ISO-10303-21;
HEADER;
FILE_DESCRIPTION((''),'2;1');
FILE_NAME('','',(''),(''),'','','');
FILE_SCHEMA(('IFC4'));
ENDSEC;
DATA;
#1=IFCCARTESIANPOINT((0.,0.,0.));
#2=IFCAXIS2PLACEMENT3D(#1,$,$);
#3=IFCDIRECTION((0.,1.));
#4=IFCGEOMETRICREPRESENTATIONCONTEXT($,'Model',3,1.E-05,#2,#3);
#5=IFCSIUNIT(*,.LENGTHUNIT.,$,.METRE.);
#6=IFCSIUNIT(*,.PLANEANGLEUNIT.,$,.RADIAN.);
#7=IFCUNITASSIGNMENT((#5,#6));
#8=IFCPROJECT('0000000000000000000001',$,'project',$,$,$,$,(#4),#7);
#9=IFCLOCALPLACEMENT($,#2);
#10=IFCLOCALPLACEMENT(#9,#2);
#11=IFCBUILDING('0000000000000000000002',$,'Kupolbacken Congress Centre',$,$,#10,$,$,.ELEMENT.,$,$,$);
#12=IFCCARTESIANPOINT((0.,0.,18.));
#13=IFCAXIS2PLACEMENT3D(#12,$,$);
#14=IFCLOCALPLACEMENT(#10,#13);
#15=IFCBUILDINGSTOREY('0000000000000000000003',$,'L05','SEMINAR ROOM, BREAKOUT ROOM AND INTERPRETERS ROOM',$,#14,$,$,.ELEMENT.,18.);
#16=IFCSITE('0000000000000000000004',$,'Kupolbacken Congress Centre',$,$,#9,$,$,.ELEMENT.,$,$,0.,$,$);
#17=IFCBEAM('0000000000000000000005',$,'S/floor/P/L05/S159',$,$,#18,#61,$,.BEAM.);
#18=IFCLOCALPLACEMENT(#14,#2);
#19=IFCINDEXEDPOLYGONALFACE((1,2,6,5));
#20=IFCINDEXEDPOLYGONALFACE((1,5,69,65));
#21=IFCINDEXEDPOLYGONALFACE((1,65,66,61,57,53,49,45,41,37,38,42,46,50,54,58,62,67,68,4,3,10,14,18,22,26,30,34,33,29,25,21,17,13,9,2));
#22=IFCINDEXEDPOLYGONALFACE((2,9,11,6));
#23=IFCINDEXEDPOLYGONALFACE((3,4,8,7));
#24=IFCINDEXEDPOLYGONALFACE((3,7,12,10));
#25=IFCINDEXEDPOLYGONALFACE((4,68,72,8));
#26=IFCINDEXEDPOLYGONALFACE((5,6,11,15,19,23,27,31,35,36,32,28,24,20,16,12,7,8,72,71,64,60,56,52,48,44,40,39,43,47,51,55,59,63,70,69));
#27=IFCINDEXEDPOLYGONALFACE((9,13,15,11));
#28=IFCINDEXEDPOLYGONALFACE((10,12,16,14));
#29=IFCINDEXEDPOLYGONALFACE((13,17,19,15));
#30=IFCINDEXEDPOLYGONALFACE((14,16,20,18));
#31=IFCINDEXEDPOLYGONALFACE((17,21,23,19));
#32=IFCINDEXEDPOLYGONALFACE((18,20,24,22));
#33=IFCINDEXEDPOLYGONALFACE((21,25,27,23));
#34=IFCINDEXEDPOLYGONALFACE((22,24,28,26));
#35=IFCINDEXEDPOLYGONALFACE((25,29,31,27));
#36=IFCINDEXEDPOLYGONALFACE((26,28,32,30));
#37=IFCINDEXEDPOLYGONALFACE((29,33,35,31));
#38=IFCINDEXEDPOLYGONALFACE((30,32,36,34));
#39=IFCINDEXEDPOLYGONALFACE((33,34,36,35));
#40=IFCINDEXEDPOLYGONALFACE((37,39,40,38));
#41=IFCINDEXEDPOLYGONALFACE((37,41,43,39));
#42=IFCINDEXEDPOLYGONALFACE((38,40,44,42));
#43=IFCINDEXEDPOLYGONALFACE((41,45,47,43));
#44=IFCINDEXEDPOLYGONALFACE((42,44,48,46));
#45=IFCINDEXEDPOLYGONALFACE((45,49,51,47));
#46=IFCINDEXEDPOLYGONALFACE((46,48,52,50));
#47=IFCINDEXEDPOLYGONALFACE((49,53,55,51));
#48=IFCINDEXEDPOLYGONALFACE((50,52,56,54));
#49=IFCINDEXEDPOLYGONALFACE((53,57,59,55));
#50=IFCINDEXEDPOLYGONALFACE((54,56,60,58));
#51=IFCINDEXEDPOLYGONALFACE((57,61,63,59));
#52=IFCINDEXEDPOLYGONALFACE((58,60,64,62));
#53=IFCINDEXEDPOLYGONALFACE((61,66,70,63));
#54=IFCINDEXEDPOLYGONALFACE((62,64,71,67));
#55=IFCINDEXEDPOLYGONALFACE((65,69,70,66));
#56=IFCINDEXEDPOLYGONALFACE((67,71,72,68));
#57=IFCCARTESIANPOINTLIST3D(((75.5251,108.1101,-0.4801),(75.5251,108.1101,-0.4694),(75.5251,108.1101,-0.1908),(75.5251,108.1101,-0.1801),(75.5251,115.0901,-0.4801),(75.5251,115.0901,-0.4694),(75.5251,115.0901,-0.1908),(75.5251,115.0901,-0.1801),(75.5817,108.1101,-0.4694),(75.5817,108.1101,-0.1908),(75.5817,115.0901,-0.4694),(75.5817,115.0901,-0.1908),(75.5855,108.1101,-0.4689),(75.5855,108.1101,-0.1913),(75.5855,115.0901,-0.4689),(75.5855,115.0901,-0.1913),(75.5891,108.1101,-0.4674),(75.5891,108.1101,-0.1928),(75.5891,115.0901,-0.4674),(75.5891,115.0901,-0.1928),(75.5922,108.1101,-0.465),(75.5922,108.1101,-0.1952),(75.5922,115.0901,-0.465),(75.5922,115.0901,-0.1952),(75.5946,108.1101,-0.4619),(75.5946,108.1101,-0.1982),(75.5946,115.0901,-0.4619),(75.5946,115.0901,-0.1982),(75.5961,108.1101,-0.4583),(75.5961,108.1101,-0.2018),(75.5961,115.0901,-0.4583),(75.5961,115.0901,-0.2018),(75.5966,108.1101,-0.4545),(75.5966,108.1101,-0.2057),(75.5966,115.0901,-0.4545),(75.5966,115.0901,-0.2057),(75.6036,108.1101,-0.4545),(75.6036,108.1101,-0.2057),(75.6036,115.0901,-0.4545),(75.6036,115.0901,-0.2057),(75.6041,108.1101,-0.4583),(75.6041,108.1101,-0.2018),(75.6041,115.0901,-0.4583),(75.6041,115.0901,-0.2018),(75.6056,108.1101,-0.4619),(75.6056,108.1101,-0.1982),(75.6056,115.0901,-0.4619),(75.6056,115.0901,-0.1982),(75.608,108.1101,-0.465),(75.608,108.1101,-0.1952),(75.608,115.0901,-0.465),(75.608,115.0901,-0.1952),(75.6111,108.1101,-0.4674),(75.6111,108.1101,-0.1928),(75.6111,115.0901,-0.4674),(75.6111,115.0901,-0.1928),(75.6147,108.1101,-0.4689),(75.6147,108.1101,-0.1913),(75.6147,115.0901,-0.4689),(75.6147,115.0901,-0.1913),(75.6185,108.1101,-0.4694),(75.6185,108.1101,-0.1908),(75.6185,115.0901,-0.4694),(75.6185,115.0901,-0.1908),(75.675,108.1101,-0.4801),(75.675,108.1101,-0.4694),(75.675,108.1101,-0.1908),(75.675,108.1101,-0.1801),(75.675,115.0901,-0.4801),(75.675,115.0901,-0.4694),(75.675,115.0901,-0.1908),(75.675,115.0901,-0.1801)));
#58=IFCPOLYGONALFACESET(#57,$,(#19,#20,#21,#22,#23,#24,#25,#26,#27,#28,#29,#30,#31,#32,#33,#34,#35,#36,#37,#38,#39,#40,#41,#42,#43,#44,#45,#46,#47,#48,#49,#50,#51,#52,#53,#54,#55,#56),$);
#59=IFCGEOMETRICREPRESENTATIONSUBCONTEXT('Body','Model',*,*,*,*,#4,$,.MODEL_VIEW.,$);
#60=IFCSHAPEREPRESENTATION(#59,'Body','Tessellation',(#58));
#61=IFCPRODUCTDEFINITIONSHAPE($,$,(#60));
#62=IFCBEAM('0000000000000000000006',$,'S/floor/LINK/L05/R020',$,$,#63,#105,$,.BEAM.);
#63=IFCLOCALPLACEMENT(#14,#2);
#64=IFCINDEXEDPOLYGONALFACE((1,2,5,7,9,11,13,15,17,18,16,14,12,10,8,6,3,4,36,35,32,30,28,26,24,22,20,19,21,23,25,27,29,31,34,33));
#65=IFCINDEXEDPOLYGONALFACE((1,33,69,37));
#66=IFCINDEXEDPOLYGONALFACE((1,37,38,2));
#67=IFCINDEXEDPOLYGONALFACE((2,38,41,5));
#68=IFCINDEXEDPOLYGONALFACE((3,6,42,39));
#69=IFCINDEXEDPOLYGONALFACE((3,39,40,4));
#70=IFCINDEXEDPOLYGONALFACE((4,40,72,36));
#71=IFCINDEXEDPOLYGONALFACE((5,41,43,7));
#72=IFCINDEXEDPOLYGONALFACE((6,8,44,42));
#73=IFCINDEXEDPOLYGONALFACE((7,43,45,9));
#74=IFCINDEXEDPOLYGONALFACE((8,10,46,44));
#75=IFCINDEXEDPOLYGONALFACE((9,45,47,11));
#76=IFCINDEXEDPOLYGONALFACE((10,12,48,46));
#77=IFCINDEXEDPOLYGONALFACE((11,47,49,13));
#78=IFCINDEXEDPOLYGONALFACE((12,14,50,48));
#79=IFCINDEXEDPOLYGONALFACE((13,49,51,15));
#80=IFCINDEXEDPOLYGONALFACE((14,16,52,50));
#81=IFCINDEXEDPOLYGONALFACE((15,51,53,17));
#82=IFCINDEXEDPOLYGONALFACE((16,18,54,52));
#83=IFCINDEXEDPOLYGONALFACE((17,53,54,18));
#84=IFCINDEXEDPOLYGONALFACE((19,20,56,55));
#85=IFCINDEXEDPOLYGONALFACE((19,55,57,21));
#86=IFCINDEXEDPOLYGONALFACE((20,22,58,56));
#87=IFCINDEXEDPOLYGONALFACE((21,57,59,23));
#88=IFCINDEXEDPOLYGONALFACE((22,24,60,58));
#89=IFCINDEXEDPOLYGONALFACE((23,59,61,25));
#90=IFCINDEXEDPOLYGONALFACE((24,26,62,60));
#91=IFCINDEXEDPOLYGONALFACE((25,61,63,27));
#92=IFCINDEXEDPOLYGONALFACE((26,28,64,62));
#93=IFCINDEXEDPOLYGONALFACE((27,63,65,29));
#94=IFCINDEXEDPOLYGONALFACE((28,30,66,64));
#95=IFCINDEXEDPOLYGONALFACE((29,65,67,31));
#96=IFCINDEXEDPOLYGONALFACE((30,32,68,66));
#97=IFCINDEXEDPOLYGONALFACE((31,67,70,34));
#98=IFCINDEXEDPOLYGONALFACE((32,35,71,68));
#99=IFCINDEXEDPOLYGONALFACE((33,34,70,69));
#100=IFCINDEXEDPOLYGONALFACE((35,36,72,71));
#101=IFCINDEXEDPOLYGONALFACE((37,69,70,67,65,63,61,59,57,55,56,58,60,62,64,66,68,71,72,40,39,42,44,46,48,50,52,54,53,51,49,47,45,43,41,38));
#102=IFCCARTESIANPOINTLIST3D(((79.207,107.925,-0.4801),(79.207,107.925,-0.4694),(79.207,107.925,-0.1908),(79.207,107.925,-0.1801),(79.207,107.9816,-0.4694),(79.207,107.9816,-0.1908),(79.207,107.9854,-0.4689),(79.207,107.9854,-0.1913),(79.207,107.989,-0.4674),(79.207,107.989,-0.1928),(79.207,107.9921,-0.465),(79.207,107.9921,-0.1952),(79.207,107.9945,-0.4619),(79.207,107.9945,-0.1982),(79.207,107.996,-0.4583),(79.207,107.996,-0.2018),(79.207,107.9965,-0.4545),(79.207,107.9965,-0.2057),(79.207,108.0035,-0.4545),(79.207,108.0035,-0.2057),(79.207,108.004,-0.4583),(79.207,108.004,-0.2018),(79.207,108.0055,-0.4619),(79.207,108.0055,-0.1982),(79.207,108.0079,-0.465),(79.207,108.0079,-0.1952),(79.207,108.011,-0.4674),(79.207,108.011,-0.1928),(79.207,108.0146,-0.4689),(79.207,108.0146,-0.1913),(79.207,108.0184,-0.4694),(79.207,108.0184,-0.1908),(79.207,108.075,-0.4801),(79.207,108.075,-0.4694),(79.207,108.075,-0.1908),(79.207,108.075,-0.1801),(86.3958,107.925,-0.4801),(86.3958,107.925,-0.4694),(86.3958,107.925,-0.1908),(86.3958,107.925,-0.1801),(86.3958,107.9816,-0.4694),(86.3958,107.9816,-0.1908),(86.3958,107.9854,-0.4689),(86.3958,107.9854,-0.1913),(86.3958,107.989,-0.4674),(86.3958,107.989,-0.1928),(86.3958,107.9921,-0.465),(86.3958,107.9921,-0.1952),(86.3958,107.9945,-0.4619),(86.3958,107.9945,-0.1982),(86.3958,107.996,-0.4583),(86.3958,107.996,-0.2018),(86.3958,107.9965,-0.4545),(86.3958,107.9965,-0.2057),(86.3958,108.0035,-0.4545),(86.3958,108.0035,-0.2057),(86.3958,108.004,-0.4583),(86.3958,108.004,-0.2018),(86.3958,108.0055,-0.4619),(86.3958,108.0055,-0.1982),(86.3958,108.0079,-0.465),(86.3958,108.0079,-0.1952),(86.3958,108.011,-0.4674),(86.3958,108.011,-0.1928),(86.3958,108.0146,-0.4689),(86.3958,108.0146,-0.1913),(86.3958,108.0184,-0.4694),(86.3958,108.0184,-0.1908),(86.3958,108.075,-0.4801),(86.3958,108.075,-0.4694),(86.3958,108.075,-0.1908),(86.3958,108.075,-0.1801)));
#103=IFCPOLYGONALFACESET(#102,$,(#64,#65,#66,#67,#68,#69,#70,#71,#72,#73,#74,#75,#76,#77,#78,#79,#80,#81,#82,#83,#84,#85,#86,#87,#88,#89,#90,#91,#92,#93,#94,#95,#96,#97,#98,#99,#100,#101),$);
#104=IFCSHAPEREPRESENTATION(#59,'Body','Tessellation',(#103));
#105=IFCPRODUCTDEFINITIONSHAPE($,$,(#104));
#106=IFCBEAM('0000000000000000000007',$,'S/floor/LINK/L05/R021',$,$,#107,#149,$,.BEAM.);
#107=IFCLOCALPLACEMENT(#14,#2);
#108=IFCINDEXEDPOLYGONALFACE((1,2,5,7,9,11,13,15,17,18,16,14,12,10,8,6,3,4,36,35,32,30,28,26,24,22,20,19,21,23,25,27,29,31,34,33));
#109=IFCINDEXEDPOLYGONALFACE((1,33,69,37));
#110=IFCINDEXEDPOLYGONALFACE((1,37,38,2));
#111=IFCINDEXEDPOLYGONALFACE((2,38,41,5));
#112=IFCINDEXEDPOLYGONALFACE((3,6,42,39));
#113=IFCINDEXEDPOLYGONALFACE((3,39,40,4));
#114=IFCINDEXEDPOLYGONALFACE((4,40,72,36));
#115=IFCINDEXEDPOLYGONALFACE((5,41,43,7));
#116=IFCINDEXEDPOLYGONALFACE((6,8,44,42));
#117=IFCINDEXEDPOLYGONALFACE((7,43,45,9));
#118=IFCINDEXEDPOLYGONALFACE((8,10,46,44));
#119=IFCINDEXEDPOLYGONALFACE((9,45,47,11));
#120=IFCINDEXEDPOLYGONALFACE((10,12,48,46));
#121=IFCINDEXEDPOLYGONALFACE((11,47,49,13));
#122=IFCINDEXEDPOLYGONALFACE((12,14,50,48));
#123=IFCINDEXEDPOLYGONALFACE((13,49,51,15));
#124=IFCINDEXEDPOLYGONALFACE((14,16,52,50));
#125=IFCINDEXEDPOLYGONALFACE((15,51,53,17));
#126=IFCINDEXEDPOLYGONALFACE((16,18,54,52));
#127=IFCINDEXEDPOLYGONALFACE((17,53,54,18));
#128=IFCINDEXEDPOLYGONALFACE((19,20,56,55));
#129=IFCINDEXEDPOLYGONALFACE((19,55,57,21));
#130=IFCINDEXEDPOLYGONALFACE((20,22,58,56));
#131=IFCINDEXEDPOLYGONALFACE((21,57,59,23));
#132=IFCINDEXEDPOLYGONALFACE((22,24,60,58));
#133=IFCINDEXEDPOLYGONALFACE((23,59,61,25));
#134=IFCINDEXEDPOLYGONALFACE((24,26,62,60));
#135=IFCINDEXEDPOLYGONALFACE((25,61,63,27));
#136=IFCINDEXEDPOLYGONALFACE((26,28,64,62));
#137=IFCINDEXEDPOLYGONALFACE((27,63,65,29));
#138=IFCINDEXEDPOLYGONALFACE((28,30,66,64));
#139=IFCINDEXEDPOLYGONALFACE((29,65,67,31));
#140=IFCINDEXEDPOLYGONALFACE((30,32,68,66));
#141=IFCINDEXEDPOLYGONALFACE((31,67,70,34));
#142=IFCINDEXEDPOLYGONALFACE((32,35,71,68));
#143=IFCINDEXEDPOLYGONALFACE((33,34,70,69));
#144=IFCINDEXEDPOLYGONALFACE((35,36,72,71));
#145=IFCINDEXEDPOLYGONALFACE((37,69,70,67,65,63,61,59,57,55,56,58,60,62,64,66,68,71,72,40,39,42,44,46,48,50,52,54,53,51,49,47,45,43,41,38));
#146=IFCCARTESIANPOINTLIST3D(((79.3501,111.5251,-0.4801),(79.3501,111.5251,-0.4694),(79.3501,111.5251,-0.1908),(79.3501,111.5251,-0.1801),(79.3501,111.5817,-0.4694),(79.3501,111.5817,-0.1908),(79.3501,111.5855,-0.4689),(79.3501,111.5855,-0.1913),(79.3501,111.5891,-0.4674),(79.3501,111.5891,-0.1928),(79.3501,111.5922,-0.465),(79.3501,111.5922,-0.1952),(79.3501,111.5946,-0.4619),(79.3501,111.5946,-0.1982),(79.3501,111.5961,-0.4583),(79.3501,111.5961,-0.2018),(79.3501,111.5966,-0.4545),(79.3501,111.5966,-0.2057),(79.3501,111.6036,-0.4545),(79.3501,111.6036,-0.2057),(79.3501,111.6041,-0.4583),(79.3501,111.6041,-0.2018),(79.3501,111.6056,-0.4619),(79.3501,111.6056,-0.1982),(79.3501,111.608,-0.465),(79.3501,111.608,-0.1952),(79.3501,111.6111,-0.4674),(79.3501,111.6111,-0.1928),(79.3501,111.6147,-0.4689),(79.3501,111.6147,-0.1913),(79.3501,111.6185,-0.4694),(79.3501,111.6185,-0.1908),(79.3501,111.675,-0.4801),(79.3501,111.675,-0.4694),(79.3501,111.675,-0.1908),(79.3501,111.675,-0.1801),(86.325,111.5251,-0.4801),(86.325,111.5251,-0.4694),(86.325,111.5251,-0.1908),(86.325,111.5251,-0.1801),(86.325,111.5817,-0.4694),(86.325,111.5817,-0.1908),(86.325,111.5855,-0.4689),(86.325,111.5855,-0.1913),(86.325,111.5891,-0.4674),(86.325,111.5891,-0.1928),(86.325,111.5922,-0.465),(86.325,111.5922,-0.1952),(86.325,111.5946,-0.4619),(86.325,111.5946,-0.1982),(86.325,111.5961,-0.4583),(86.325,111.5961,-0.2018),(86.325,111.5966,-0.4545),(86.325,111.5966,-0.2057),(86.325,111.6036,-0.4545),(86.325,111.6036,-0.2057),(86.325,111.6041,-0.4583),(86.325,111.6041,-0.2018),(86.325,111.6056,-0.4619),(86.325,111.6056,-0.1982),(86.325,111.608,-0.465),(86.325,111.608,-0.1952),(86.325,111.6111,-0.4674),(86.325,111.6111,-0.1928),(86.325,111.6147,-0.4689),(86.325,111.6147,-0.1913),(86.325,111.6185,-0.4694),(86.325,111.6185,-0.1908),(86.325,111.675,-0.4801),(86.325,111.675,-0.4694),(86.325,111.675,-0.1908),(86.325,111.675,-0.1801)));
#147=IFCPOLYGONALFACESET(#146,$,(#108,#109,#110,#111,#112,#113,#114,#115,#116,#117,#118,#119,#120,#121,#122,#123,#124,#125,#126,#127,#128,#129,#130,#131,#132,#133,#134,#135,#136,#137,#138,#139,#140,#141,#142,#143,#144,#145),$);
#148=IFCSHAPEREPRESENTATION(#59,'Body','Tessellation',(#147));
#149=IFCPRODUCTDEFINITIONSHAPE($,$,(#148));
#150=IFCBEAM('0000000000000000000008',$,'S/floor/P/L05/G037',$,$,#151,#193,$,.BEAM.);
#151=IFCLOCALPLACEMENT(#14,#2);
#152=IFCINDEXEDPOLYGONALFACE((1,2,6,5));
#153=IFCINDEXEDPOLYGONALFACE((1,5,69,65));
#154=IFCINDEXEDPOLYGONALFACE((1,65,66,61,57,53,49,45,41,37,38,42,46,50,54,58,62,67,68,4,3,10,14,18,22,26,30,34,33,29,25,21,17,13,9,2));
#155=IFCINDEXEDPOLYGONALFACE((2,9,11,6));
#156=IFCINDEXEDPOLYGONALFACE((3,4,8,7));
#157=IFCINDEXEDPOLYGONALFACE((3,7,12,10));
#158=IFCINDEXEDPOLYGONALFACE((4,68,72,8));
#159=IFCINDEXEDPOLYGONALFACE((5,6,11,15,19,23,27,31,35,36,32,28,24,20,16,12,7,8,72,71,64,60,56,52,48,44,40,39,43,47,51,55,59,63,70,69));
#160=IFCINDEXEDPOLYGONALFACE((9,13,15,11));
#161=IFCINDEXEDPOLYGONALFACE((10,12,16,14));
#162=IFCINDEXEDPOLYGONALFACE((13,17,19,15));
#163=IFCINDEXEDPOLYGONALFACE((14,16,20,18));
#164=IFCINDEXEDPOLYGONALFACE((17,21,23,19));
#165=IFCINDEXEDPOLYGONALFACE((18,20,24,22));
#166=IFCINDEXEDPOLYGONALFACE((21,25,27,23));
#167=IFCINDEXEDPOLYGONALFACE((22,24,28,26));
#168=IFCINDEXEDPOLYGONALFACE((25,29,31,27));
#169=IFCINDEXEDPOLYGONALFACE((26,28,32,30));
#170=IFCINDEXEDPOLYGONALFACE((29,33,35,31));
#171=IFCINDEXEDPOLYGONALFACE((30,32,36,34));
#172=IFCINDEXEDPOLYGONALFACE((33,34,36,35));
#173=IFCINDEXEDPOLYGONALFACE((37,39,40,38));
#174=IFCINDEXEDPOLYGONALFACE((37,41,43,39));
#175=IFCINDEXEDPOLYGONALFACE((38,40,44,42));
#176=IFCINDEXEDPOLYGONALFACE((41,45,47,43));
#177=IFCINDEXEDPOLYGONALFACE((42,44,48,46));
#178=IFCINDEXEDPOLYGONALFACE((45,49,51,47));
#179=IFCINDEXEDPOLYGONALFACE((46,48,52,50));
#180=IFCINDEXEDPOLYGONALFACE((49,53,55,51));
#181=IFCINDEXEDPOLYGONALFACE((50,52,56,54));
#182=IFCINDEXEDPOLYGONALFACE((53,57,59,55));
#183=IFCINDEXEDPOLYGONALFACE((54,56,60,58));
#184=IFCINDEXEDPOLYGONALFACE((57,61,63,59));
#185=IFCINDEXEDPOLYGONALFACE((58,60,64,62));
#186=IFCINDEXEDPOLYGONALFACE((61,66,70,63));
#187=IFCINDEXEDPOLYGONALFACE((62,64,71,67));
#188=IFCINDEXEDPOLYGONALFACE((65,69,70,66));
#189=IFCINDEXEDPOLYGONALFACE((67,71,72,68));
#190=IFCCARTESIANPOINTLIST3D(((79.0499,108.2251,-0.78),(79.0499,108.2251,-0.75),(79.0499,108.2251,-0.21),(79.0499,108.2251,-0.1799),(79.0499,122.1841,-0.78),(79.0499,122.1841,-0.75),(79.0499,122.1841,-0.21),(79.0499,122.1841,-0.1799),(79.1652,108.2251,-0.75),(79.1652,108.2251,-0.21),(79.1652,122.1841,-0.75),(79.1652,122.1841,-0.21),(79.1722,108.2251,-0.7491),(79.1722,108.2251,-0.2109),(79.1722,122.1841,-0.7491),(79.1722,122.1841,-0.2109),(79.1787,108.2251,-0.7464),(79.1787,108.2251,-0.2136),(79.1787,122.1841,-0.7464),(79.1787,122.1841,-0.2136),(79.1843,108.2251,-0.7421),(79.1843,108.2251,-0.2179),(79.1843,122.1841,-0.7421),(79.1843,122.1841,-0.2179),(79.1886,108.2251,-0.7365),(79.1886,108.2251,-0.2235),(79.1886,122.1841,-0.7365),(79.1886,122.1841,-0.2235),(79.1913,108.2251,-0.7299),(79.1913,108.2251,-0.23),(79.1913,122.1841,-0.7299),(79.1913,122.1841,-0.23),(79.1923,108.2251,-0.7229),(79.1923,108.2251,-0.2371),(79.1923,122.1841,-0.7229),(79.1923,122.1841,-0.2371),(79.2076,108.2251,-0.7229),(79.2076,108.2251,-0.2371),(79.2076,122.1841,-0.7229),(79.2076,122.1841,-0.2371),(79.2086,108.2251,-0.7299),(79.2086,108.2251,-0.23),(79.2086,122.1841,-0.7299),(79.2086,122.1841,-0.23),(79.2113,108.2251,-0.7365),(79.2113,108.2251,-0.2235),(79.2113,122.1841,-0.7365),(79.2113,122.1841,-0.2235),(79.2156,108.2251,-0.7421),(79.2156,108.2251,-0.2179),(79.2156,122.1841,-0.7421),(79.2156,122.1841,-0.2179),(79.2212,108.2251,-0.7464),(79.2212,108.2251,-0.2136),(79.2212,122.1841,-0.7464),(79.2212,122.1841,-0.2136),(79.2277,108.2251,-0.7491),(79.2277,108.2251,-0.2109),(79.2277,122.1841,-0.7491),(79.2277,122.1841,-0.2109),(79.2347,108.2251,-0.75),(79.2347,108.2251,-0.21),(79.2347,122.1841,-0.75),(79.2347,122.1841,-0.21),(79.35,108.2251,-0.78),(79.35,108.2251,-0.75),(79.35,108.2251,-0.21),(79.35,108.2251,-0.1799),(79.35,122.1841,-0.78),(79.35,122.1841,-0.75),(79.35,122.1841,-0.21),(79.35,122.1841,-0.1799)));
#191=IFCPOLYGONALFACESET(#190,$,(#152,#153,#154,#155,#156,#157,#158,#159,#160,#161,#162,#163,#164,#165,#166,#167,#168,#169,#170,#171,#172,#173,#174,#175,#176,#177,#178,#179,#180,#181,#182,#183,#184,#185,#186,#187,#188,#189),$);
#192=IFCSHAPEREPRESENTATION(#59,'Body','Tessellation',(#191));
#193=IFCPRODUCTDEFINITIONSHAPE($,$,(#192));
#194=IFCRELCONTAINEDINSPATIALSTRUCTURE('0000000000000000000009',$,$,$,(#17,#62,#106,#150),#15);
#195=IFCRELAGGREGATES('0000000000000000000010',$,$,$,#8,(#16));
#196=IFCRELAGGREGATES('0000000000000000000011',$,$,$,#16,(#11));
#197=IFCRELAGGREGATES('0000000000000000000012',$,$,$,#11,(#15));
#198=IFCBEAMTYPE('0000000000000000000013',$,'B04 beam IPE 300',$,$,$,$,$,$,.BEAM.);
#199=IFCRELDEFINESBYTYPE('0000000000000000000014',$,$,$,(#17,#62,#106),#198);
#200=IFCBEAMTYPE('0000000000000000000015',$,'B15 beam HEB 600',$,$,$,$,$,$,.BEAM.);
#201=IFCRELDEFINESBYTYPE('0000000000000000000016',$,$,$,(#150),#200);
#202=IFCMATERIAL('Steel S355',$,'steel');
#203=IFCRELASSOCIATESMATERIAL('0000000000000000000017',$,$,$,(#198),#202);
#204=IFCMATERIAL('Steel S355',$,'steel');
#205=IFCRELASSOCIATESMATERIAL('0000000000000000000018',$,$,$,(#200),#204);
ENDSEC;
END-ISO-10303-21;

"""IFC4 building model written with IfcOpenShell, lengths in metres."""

from ifc_helpers import new_model, si_unit, direction, frame, origin, origin_2d, place, context, subcontext, project, spatial, i_section, extrude, material, material_profile, profile_set, type_object, element, save


model = new_model("IFC4")

# Units and contexts
model_context = context("Model", 3, precision=1e-05, world=origin(), true_north=direction((0.0, 1.0)))
body_context = subcontext(model_context, "Body", "Model", "MODEL_VIEW")
ifc_project = project(units=[si_unit("LENGTHUNIT", "METRE"), si_unit("PLANEANGLEUNIT", "RADIAN")], contexts=[model_context])

# Site, building, storey
site_placement = place(None, origin())
site = spatial("IfcSite", under=ifc_project, at=site_placement, Name="Kupolbacken Congress Centre", CompositionType="ELEMENT", RefElevation=0.0)
building_placement = place(site_placement, origin())
building = spatial("IfcBuilding", under=site, at=building_placement, Name="Kupolbacken Congress Centre", CompositionType="ELEMENT")
storey_placement = place(building_placement, frame((0.0, 0.0, 18.0)))
storey = spatial("IfcBuildingStorey", under=building, at=storey_placement, Name="L05", Description="SEMINAR ROOM, BREAKOUT ROOM AND INTERPRETERS ROOM", CompositionType="ELEMENT", Elevation=18.0)

# Beams
ifc_material_1 = material(Name="Steel S355", Category="steel")
ifc_material_profile_1 = material_profile(ifc_material_1, i_section(OverallWidth=0.1499, OverallDepth=0.3, WebThickness=0.0071, FlangeThickness=0.0107, FilletRadius=0.0149, at=origin_2d()), Name="IPE 300")
ifc_profile_set_1 = profile_set([ifc_material_profile_1], Name="Steel S355")
beam_type_1 = type_object("IfcBeamType", Name="B04 beam IPE 300", PredefinedType="BEAM", material=ifc_profile_set_1)
beam_1_placement = place(storey_placement, frame((75.6001, 108.1101, -0.3301), z_axis=(0.0, 1.0, 0.0), x_axis=(-1.0, 0.0, 0.0)))
element("IfcBeam", 1, at=beam_1_placement, inside=storey, type_object=beam_type_1, Name="S/floor/P/L05/S159", PredefinedType="BEAM", context=body_context, shape_type="SweptSolid", body=[
    extrude(i_section(OverallWidth=0.1499, OverallDepth=0.3, WebThickness=0.0071, FlangeThickness=0.0107, FilletRadius=0.0149, at=origin_2d()), origin(), (0.0, 0.0, 1.0), 6.98),
])
beam_2_placement = place(storey_placement, frame((79.207, 108.0, -0.3301), z_axis=(1.0, 0.0, 0.0), x_axis=(0.0, 1.0, 0.0)))
element("IfcBeam", 2, at=beam_2_placement, inside=storey, type_object=beam_type_1, Name="S/floor/LINK/L05/R020", PredefinedType="BEAM", context=body_context, shape_type="SweptSolid", body=[
    extrude(i_section(OverallWidth=0.1499, OverallDepth=0.3, WebThickness=0.0071, FlangeThickness=0.0107, FilletRadius=0.0149, at=origin_2d()), origin(), (0.0, 0.0, 1.0), 7.1887),
])
beam_3_placement = place(storey_placement, frame((79.3501, 111.6001, -0.3301), z_axis=(1.0, 0.0, 0.0), x_axis=(0.0, 1.0, 0.0)))
element("IfcBeam", 3, at=beam_3_placement, inside=storey, type_object=beam_type_1, Name="S/floor/LINK/L05/R021", PredefinedType="BEAM", context=body_context, shape_type="SweptSolid", body=[
    extrude(i_section(OverallWidth=0.1499, OverallDepth=0.3, WebThickness=0.0071, FlangeThickness=0.0107, FilletRadius=0.0149, at=origin_2d()), origin(), (0.0, 0.0, 1.0), 6.9749),
])
ifc_material_2 = material(Name="Steel S355", Category="steel")
ifc_material_profile_2 = material_profile(ifc_material_2, i_section(OverallWidth=0.3, OverallDepth=0.6001, WebThickness=0.0154, FlangeThickness=0.03, FilletRadius=0.0271, at=origin_2d()), Name="HEB 600")
ifc_profile_set_2 = profile_set([ifc_material_profile_2], Name="Steel S355")
beam_type_2 = type_object("IfcBeamType", Name="B15 beam HEB 600", PredefinedType="BEAM", material=ifc_profile_set_2)
beam_4_placement = place(storey_placement, frame((79.2, 108.2251, -0.48), z_axis=(0.0, 1.0, 0.0), x_axis=(-1.0, 0.0, 0.0)))
element("IfcBeam", 4, at=beam_4_placement, inside=storey, type_object=beam_type_2, Name="S/floor/P/L05/G037", PredefinedType="BEAM", context=body_context, shape_type="SweptSolid", body=[
    extrude(i_section(OverallWidth=0.3, OverallDepth=0.6001, WebThickness=0.0154, FlangeThickness=0.03, FilletRadius=0.0271, at=origin_2d()), origin(), (0.0, 0.0, 1.0), 13.959),
])

save(model, "model.ifc")
